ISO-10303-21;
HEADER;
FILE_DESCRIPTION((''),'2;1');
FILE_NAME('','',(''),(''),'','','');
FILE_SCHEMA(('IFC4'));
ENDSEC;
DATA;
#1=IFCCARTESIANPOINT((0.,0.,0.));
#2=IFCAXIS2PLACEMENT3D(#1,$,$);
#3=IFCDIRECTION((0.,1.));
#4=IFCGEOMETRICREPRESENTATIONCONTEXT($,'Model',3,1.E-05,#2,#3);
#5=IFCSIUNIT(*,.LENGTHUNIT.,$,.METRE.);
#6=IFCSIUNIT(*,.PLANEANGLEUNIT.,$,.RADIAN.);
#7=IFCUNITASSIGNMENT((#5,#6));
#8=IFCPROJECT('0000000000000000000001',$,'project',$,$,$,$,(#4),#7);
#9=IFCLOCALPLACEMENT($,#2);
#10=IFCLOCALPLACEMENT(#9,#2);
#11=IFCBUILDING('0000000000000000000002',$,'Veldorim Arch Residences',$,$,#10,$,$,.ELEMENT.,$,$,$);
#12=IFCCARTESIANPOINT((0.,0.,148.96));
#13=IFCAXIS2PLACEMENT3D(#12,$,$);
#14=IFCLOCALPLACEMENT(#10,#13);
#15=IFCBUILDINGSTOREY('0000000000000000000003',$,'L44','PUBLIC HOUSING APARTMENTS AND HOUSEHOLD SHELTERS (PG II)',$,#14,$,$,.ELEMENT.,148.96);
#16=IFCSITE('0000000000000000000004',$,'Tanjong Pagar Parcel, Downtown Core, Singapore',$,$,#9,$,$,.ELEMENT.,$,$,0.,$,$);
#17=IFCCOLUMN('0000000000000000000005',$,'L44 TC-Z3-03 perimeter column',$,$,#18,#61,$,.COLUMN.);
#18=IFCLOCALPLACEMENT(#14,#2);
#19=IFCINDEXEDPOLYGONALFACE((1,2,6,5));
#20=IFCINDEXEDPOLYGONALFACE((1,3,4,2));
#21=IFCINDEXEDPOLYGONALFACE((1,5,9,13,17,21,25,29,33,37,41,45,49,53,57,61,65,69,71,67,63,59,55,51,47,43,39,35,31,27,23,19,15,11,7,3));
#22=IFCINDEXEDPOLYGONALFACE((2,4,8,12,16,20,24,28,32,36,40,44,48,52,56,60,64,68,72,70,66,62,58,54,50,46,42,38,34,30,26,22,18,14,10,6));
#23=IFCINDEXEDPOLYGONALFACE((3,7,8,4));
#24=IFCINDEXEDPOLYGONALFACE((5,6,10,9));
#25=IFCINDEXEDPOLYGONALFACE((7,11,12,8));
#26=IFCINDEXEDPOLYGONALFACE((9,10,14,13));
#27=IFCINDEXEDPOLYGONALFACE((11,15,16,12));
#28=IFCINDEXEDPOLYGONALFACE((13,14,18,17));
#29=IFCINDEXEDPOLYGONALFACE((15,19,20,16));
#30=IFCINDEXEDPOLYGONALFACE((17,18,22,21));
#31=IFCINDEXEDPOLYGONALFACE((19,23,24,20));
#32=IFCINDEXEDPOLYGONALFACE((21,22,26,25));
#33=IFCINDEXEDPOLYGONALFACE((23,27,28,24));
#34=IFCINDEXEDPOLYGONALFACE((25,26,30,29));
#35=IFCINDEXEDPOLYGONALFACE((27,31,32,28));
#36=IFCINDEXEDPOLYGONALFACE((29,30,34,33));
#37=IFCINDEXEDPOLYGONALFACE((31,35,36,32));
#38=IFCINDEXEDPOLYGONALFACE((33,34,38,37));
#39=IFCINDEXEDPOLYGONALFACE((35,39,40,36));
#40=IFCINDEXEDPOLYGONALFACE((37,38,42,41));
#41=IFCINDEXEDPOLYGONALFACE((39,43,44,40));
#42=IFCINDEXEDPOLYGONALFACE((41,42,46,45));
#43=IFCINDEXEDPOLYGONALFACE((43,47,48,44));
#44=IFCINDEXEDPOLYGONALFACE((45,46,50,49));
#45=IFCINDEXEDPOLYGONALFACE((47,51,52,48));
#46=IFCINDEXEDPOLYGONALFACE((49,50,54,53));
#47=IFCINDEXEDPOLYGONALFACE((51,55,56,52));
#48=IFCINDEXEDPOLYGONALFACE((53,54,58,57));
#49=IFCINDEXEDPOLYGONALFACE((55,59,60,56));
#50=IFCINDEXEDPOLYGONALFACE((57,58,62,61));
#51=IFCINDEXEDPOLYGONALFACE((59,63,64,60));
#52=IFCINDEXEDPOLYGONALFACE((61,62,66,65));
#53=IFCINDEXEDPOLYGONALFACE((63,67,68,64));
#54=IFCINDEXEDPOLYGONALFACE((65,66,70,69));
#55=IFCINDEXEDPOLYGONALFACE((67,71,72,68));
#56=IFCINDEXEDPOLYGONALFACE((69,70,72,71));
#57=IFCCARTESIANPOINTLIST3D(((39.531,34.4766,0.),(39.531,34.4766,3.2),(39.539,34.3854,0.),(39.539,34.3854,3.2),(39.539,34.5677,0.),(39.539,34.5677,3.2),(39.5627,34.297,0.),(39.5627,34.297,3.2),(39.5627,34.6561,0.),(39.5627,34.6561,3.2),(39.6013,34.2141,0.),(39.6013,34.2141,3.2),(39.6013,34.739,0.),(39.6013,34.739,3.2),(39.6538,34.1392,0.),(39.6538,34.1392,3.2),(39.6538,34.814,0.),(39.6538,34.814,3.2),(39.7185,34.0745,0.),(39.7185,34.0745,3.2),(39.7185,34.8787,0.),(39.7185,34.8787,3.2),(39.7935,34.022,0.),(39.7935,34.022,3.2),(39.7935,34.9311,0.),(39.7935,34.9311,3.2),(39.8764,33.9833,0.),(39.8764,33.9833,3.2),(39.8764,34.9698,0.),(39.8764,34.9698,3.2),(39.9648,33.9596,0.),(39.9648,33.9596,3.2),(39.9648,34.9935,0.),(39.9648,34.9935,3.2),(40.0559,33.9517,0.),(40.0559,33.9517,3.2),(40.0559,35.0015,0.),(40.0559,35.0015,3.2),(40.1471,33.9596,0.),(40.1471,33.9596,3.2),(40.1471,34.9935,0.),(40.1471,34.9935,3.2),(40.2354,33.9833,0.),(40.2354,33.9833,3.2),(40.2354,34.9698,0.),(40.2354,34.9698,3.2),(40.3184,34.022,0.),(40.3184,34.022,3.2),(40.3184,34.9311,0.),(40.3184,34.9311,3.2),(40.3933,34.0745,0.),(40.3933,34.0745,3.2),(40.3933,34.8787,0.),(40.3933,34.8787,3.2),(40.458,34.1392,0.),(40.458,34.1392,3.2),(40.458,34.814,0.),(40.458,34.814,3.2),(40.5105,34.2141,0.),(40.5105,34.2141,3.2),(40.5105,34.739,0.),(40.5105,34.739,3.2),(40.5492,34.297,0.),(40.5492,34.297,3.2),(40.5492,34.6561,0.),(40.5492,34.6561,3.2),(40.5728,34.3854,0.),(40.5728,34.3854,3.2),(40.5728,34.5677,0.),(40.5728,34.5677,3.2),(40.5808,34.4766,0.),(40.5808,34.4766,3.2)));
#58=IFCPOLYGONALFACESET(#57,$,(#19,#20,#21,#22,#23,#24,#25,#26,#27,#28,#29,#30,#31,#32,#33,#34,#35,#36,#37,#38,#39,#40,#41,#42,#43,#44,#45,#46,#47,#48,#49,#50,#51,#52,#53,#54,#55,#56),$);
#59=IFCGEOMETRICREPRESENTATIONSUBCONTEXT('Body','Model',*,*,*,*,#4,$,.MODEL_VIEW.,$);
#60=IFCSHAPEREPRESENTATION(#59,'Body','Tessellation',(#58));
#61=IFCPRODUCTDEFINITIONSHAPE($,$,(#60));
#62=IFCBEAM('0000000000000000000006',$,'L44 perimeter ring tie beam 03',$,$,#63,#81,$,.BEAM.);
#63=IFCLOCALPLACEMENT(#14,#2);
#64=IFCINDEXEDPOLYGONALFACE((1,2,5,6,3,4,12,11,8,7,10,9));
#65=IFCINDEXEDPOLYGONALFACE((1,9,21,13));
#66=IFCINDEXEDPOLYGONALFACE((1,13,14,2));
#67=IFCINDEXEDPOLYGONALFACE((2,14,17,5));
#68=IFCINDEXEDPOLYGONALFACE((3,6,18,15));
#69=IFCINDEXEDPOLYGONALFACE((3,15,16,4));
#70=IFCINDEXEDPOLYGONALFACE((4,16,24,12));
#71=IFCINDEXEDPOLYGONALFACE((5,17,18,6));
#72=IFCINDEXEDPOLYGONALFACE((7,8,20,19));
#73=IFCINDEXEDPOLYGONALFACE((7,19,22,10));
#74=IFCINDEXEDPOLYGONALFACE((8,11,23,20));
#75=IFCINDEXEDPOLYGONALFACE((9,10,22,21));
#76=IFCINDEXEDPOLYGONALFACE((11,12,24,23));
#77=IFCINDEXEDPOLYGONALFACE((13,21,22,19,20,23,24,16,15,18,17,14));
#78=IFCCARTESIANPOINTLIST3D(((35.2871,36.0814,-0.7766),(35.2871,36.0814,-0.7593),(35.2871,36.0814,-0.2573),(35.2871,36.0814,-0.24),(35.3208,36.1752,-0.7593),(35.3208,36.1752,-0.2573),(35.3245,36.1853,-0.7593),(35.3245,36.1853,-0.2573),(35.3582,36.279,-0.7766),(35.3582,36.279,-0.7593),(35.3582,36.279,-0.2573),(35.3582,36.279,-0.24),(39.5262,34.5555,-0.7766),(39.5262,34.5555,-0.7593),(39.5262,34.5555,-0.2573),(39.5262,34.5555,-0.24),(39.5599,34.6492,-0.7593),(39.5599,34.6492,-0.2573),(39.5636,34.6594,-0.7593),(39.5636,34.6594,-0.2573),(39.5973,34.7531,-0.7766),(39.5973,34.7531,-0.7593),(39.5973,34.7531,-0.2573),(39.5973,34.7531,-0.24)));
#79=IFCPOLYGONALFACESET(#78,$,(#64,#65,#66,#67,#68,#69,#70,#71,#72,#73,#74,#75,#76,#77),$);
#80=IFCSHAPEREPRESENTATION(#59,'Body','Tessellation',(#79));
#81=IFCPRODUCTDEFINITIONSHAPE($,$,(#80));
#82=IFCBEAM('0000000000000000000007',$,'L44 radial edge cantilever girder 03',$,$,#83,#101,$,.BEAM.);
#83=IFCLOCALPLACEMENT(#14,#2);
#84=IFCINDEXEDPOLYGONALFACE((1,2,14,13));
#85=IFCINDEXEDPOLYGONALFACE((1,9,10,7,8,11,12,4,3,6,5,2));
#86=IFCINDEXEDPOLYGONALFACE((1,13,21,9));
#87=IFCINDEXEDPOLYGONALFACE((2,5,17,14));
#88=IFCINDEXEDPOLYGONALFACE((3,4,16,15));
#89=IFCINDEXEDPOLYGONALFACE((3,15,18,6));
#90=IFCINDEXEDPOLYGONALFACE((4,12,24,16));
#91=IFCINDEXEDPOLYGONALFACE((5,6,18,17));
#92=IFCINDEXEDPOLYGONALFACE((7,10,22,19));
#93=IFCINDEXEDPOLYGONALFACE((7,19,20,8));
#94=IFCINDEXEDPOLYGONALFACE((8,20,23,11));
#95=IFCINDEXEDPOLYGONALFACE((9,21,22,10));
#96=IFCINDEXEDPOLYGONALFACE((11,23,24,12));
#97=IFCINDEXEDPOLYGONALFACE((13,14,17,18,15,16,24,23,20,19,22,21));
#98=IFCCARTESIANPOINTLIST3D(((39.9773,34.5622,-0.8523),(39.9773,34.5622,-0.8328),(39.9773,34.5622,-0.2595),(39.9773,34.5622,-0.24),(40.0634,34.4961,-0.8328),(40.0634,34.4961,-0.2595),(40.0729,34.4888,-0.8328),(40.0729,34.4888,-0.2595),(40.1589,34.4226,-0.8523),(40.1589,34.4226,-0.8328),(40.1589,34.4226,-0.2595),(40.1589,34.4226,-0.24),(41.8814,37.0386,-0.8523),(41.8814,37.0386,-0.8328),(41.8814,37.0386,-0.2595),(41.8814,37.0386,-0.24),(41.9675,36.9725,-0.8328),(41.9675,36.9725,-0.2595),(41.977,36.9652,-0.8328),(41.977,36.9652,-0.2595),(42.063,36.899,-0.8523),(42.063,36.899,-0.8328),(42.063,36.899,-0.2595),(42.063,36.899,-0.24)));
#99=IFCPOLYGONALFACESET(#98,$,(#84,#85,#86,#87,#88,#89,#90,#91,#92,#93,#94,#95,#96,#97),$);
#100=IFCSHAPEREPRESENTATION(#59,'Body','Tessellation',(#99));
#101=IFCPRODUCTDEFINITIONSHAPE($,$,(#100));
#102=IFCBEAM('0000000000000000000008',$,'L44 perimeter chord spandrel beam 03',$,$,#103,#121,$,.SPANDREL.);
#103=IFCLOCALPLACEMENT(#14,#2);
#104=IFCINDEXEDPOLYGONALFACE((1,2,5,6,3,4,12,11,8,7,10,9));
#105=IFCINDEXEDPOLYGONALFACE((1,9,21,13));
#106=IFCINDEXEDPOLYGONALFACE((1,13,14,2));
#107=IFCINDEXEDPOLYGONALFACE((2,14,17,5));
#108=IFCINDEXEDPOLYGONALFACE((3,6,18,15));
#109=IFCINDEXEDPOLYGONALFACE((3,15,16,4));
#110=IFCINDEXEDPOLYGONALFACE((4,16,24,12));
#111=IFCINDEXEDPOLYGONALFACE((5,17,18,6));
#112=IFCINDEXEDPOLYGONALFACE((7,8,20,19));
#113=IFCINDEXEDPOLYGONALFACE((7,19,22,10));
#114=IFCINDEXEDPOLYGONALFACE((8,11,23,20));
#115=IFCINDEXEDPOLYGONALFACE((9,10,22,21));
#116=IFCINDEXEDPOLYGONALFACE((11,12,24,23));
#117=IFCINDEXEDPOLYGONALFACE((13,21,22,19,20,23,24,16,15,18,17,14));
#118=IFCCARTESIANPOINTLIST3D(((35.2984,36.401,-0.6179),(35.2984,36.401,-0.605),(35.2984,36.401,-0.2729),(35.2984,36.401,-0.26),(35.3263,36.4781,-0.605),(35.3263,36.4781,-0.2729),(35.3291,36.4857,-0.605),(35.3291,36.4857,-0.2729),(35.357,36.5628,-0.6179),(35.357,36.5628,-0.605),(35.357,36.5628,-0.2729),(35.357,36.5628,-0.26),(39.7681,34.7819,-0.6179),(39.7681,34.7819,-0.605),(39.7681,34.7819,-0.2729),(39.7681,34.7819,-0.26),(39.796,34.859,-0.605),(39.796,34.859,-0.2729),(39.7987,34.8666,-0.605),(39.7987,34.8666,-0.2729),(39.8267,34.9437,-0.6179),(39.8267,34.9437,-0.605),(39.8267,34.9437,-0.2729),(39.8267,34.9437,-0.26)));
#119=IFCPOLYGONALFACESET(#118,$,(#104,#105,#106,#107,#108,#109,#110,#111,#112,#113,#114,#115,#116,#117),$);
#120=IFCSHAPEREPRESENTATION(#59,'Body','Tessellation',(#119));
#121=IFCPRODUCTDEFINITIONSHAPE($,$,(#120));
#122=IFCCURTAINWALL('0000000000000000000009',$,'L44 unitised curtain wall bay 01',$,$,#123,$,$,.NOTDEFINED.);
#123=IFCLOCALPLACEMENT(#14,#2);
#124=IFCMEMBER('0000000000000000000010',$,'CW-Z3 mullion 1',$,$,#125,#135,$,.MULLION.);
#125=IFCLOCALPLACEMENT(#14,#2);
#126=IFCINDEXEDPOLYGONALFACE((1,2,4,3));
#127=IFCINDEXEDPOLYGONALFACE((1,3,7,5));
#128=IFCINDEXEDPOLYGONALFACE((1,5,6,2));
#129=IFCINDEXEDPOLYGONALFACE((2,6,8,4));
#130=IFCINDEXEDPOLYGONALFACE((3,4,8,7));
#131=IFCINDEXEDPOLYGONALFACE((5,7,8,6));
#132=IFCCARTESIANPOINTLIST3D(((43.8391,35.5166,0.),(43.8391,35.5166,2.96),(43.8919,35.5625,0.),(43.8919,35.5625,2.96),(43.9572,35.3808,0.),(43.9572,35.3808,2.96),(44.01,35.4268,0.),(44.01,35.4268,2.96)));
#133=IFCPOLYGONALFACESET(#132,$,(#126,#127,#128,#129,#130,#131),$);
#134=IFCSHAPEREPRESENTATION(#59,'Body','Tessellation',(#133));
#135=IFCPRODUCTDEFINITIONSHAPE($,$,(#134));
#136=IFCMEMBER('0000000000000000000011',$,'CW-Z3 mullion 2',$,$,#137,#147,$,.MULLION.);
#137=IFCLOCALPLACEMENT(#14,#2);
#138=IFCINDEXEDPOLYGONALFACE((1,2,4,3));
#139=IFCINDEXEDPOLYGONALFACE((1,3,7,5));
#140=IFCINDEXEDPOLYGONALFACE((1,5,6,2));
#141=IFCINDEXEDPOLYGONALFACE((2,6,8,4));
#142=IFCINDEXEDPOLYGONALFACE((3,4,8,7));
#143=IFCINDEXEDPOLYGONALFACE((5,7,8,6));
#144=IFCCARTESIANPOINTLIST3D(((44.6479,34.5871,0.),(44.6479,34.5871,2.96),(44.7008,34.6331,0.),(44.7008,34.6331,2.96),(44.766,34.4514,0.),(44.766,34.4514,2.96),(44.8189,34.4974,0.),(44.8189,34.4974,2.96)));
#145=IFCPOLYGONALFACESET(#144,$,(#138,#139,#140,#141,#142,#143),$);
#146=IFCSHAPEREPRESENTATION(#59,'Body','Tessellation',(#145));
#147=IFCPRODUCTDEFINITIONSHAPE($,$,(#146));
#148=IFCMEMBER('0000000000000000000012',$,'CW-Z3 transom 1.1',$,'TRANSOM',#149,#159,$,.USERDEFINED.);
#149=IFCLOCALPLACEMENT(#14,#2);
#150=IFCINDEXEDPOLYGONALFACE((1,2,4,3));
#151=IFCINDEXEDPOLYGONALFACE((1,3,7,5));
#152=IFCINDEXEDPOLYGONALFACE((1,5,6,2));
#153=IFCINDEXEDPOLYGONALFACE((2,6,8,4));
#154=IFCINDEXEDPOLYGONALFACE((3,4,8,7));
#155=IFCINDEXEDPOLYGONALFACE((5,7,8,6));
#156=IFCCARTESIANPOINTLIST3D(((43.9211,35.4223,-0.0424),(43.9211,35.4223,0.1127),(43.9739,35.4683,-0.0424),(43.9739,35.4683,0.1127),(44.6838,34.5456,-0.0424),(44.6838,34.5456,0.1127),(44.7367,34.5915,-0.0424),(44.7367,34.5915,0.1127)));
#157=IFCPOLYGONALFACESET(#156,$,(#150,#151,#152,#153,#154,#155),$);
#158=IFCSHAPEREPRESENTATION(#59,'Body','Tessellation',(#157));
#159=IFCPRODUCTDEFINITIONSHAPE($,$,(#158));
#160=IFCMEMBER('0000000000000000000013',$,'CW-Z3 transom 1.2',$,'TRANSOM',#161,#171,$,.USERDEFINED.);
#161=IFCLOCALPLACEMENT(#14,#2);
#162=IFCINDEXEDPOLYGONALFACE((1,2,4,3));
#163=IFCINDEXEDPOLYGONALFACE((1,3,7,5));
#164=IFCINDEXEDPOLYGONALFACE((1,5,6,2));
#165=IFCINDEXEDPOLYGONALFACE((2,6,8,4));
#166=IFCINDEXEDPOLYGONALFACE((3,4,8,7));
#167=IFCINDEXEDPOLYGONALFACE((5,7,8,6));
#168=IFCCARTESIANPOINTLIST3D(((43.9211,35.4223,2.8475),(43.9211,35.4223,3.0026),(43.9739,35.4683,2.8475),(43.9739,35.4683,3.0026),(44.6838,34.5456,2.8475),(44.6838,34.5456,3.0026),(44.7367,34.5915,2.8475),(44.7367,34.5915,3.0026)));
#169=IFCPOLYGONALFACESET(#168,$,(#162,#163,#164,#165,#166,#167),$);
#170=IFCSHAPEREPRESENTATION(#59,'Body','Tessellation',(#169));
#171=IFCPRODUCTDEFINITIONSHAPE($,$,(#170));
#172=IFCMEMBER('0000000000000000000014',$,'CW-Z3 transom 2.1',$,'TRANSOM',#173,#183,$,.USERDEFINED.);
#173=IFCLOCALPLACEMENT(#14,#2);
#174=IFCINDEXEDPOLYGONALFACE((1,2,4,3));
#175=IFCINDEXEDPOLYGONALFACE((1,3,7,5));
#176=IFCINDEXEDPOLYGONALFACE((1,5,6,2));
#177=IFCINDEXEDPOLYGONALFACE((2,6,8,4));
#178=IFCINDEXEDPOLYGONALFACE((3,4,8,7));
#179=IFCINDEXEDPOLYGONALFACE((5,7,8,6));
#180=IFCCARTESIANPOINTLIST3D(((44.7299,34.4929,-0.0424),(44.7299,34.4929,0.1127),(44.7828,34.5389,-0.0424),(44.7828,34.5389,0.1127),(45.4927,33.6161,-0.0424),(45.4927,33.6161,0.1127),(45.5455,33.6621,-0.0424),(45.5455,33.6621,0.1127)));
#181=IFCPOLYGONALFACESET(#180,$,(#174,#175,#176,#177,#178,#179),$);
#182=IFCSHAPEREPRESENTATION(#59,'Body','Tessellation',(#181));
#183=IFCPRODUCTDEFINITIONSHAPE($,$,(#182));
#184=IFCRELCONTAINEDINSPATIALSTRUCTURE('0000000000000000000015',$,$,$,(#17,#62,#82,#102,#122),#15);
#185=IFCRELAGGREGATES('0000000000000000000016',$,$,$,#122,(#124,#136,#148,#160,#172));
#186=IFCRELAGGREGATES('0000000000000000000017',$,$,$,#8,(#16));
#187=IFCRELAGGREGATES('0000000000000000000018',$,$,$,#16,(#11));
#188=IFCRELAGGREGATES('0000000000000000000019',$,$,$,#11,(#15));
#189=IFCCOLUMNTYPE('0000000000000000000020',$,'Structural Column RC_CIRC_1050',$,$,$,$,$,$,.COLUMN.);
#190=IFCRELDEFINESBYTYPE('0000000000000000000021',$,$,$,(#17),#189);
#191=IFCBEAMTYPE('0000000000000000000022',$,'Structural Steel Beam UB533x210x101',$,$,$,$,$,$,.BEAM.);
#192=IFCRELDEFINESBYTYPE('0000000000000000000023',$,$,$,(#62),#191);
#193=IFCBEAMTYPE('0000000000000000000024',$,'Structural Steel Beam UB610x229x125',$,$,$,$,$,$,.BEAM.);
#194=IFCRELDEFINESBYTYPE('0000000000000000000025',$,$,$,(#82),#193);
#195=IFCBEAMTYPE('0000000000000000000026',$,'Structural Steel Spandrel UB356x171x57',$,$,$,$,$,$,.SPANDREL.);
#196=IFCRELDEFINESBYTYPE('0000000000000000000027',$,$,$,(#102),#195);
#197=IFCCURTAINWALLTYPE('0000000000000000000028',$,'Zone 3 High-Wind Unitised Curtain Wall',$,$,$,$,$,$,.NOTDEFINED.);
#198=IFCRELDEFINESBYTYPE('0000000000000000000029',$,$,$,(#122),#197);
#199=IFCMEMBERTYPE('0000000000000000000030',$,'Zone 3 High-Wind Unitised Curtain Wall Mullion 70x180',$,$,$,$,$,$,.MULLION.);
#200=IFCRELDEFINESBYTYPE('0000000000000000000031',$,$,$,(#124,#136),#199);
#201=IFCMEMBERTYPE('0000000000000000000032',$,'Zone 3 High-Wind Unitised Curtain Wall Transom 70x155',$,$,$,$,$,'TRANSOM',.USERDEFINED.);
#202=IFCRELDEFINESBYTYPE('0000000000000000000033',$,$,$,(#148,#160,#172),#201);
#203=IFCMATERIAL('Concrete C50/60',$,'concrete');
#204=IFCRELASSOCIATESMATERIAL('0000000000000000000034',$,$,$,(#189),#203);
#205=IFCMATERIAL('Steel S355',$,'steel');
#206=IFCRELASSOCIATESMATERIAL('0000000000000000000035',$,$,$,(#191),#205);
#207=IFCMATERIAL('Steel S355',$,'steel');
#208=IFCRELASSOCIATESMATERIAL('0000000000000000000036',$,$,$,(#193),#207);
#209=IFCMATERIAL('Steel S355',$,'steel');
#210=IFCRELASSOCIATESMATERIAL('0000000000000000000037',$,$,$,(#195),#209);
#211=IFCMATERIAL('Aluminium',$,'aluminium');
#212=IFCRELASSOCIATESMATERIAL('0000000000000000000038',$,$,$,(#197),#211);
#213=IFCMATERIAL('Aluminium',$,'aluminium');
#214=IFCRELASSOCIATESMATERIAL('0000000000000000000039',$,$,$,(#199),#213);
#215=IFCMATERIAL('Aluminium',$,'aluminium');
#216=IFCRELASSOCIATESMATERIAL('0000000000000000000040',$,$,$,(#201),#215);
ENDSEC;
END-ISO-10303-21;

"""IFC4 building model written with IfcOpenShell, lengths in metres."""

from ifc_helpers import new_model, si_unit, direction, frame, origin, origin_2d, place, context, subcontext, project, spatial, rectangle, circle, i_section, extrude, material, material_profile, profile_set, type_object, element, aggregate, save


model = new_model("IFC4")

# Units and contexts
model_context = context("Model", 3, precision=1e-05, world=origin(), true_north=direction((0.0, 1.0)))
body_context = subcontext(model_context, "Body", "Model", "MODEL_VIEW")
ifc_project = project(units=[si_unit("LENGTHUNIT", "METRE"), si_unit("PLANEANGLEUNIT", "RADIAN")], contexts=[model_context])

# Site, building, storey
site_placement = place(None, origin())
site = spatial("IfcSite", under=ifc_project, at=site_placement, Name="Tanjong Pagar Parcel, Downtown Core, Singapore", CompositionType="ELEMENT", RefElevation=0.0)
building_placement = place(site_placement, origin())
building = spatial("IfcBuilding", under=site, at=building_placement, Name="Veldorim Arch Residences", CompositionType="ELEMENT")
storey_placement = place(building_placement, frame((0.0, 0.0, 148.96)))
storey = spatial("IfcBuildingStorey", under=building, at=storey_placement, Name="L44", Description="PUBLIC HOUSING APARTMENTS AND HOUSEHOLD SHELTERS (PG II)", CompositionType="ELEMENT", Elevation=148.96)

# Column
ifc_material_1 = material(Name="Concrete C50/60", Category="concrete")
ifc_material_profile_1 = material_profile(ifc_material_1, circle(Radius=0.5249, at=origin_2d()), Name="RC_CIRC_1050")
ifc_profile_set_1 = profile_set([ifc_material_profile_1], Name="Concrete C50/60")
column_type = type_object("IfcColumnType", Name="Structural Column RC_CIRC_1050", PredefinedType="COLUMN", material=ifc_profile_set_1)
column_placement = place(storey_placement, frame((40.0559, 34.4766, 0.0), z_axis=(0.0, 0.0, 1.0), x_axis=(1.0, 0.0, 0.0)))
element("IfcColumn", 1, at=column_placement, inside=storey, type_object=column_type, Name="L44 TC-Z3-03 perimeter column", PredefinedType="COLUMN", context=body_context, shape_type="SweptSolid", body=[
    extrude(circle(Radius=0.5249, at=origin_2d()), origin(), (0.0, 0.0, 1.0), 3.2),
])

# Beams
ifc_material_2 = material(Name="Steel S355", Category="steel")
ifc_material_profile_2 = material_profile(ifc_material_2, i_section(OverallWidth=0.21, OverallDepth=0.5366, WebThickness=0.0107, FlangeThickness=0.0173, at=origin_2d()), Name="UB533x210x101")
ifc_profile_set_2 = profile_set([ifc_material_profile_2], Name="Steel S355")
beam_type_1 = type_object("IfcBeamType", Name="Structural Steel Beam UB533x210x101", PredefinedType="BEAM", material=ifc_profile_set_2)
beam_1_placement = place(storey_placement, frame((39.5618, 34.6543, -0.5083), z_axis=(-0.940899, 0.338687, 0.0), x_axis=(-0.338687, -0.940899, 0.0)))
element("IfcBeam", 2, at=beam_1_placement, inside=storey, type_object=beam_type_1, Name="L44 perimeter ring tie beam 03", PredefinedType="BEAM", context=body_context, shape_type="SweptSolid", body=[
    extrude(i_section(OverallWidth=0.21, OverallDepth=0.5366, WebThickness=0.0107, FlangeThickness=0.0173, at=origin_2d()), origin(), (0.0, 0.0, 1.0), 4.5054),
])
ifc_material_3 = material(Name="Steel S355", Category="steel")
ifc_material_profile_3 = material_profile(ifc_material_3, i_section(OverallWidth=0.229, OverallDepth=0.6123, WebThickness=0.012, FlangeThickness=0.0195, at=origin_2d()), Name="UB610x229x125")
ifc_profile_set_3 = profile_set([ifc_material_profile_3], Name="Steel S355")
beam_type_2 = type_object("IfcBeamType", Name="Structural Steel Beam UB610x229x125", PredefinedType="BEAM", material=ifc_profile_set_3)
beam_2_placement = place(storey_placement, frame((40.0681, 34.4924, -0.5461), z_axis=(0.609548, 0.792749, 0.0), x_axis=(-0.792749, 0.609548, 0.0)))
element("IfcBeam", 3, at=beam_2_placement, inside=storey, type_object=beam_type_2, Name="L44 radial edge cantilever girder 03", PredefinedType="BEAM", context=body_context, shape_type="SweptSolid", body=[
    extrude(i_section(OverallWidth=0.229, OverallDepth=0.6123, WebThickness=0.012, FlangeThickness=0.0195, at=origin_2d()), origin(), (0.0, 0.0, 1.0), 3.1238),
])
ifc_material_4 = material(Name="Steel S355", Category="steel")
ifc_material_profile_4 = material_profile(ifc_material_4, i_section(OverallWidth=0.1721, OverallDepth=0.3579, WebThickness=0.0081, FlangeThickness=0.0129, at=origin_2d()), Name="UB356x171x57")
ifc_profile_set_4 = profile_set([ifc_material_profile_4], Name="Steel S355")
beam_type_3 = type_object("IfcBeamType", Name="Structural Steel Spandrel UB356x171x57", PredefinedType="SPANDREL", material=ifc_profile_set_4)
beam_3_placement = place(storey_placement, frame((39.7974, 34.8628, -0.439), z_axis=(-0.940213, 0.340588, 0.0), x_axis=(-0.340588, -0.940213, 0.0)))
element("IfcBeam", 4, at=beam_3_placement, inside=storey, type_object=beam_type_3, Name="L44 perimeter chord spandrel beam 03", PredefinedType="SPANDREL", context=body_context, shape_type="SweptSolid", body=[
    extrude(i_section(OverallWidth=0.1721, OverallDepth=0.3579, WebThickness=0.0081, FlangeThickness=0.0129, at=origin_2d()), origin(), (0.0, 0.0, 1.0), 4.7539),
])

# Curtain wall, members
ifc_material_5 = material(Name="Aluminium", Category="aluminium")
curtain_wall_type = type_object("IfcCurtainWallType", Name="Zone 3 High-Wind Unitised Curtain Wall", PredefinedType="NOTDEFINED", material=ifc_material_5)
curtain_wall_placement = place(storey_placement, origin())
curtain_wall = element("IfcCurtainWall", 5, at=curtain_wall_placement, inside=storey, type_object=curtain_wall_type, Name="L44 unitised curtain wall bay 01", PredefinedType="NOTDEFINED")
ifc_material_6 = material(Name="Aluminium", Category="aluminium")
ifc_material_profile_5 = material_profile(ifc_material_6, rectangle(XDim=0.0701, YDim=0.1799, at=origin_2d()), Name="ALU_MUL_70x180")
ifc_profile_set_5 = profile_set([ifc_material_profile_5], Name="Aluminium")
member_type_1 = type_object("IfcMemberType", Name="Zone 3 High-Wind Unitised Curtain Wall Mullion 70x180", PredefinedType="MULLION", material=ifc_profile_set_5)
member_1_placement = place(storey_placement, frame((43.9246, 35.4717, 0.0), z_axis=(0.0, 0.0, 1.0), x_axis=(0.7544, 0.656415, 0.0)))
member_1 = element("IfcMember", 6, at=member_1_placement, type_object=member_type_1, Name="CW-Z3 mullion 1", PredefinedType="MULLION", context=body_context, shape_type="SweptSolid", body=[
    extrude(rectangle(XDim=0.0701, YDim=0.1799, at=origin_2d()), origin(), (0.0, 0.0, 1.0), 2.96),
])
member_2_placement = place(storey_placement, frame((44.7334, 34.5422, 0.0), z_axis=(0.0, 0.0, 1.0), x_axis=(0.7544, 0.656415, 0.0)))
member_2 = element("IfcMember", 7, at=member_2_placement, type_object=member_type_1, Name="CW-Z3 mullion 2", PredefinedType="MULLION", context=body_context, shape_type="SweptSolid", body=[
    extrude(rectangle(XDim=0.0701, YDim=0.1799, at=origin_2d()), origin(), (0.0, 0.0, 1.0), 2.96),
])
ifc_material_7 = material(Name="Aluminium", Category="aluminium")
ifc_material_profile_6 = material_profile(ifc_material_7, rectangle(XDim=0.0701, YDim=0.155, at=origin_2d()), Name="ALU_TRN_70x155")
ifc_profile_set_6 = profile_set([ifc_material_profile_6], Name="Aluminium")
member_type_2 = type_object("IfcMemberType", Name="Zone 3 High-Wind Unitised Curtain Wall Transom 70x155", ElementType="TRANSOM", PredefinedType="USERDEFINED", material=ifc_profile_set_6)
member_3_placement = place(storey_placement, frame((43.9475, 35.4453, 0.0352), z_axis=(0.656345, -0.754461, 0.0), x_axis=(0.754461, 0.656345, 0.0)))
member_3 = element("IfcMember", 8, at=member_3_placement, type_object=member_type_2, Name="CW-Z3 transom 1.1", ObjectType="TRANSOM", PredefinedType="USERDEFINED", context=body_context, shape_type="SweptSolid", body=[
    extrude(rectangle(XDim=0.0701, YDim=0.155, at=origin_2d()), origin(), (0.0, 0.0, 1.0), 1.1621),
])
member_4_placement = place(storey_placement, frame((43.9475, 35.4453, 2.925), z_axis=(0.656345, -0.754461, 0.0), x_axis=(0.754461, 0.656345, 0.0)))
member_4 = element("IfcMember", 9, at=member_4_placement, type_object=member_type_2, Name="CW-Z3 transom 1.2", ObjectType="TRANSOM", PredefinedType="USERDEFINED", context=body_context, shape_type="SweptSolid", body=[
    extrude(rectangle(XDim=0.0701, YDim=0.155, at=origin_2d()), origin(), (0.0, 0.0, 1.0), 1.1621),
])
member_5_placement = place(storey_placement, frame((44.7563, 34.5159, 0.0352), z_axis=(0.656345, -0.754461, 0.0), x_axis=(0.754461, 0.656345, 0.0)))
member_5 = element("IfcMember", 10, at=member_5_placement, type_object=member_type_2, Name="CW-Z3 transom 2.1", ObjectType="TRANSOM", PredefinedType="USERDEFINED", context=body_context, shape_type="SweptSolid", body=[
    extrude(rectangle(XDim=0.0701, YDim=0.155, at=origin_2d()), origin(), (0.0, 0.0, 1.0), 1.1621),
])
aggregate(curtain_wall, [member_1, member_2, member_3, member_4, member_5])

save(model, "model.ifc")
